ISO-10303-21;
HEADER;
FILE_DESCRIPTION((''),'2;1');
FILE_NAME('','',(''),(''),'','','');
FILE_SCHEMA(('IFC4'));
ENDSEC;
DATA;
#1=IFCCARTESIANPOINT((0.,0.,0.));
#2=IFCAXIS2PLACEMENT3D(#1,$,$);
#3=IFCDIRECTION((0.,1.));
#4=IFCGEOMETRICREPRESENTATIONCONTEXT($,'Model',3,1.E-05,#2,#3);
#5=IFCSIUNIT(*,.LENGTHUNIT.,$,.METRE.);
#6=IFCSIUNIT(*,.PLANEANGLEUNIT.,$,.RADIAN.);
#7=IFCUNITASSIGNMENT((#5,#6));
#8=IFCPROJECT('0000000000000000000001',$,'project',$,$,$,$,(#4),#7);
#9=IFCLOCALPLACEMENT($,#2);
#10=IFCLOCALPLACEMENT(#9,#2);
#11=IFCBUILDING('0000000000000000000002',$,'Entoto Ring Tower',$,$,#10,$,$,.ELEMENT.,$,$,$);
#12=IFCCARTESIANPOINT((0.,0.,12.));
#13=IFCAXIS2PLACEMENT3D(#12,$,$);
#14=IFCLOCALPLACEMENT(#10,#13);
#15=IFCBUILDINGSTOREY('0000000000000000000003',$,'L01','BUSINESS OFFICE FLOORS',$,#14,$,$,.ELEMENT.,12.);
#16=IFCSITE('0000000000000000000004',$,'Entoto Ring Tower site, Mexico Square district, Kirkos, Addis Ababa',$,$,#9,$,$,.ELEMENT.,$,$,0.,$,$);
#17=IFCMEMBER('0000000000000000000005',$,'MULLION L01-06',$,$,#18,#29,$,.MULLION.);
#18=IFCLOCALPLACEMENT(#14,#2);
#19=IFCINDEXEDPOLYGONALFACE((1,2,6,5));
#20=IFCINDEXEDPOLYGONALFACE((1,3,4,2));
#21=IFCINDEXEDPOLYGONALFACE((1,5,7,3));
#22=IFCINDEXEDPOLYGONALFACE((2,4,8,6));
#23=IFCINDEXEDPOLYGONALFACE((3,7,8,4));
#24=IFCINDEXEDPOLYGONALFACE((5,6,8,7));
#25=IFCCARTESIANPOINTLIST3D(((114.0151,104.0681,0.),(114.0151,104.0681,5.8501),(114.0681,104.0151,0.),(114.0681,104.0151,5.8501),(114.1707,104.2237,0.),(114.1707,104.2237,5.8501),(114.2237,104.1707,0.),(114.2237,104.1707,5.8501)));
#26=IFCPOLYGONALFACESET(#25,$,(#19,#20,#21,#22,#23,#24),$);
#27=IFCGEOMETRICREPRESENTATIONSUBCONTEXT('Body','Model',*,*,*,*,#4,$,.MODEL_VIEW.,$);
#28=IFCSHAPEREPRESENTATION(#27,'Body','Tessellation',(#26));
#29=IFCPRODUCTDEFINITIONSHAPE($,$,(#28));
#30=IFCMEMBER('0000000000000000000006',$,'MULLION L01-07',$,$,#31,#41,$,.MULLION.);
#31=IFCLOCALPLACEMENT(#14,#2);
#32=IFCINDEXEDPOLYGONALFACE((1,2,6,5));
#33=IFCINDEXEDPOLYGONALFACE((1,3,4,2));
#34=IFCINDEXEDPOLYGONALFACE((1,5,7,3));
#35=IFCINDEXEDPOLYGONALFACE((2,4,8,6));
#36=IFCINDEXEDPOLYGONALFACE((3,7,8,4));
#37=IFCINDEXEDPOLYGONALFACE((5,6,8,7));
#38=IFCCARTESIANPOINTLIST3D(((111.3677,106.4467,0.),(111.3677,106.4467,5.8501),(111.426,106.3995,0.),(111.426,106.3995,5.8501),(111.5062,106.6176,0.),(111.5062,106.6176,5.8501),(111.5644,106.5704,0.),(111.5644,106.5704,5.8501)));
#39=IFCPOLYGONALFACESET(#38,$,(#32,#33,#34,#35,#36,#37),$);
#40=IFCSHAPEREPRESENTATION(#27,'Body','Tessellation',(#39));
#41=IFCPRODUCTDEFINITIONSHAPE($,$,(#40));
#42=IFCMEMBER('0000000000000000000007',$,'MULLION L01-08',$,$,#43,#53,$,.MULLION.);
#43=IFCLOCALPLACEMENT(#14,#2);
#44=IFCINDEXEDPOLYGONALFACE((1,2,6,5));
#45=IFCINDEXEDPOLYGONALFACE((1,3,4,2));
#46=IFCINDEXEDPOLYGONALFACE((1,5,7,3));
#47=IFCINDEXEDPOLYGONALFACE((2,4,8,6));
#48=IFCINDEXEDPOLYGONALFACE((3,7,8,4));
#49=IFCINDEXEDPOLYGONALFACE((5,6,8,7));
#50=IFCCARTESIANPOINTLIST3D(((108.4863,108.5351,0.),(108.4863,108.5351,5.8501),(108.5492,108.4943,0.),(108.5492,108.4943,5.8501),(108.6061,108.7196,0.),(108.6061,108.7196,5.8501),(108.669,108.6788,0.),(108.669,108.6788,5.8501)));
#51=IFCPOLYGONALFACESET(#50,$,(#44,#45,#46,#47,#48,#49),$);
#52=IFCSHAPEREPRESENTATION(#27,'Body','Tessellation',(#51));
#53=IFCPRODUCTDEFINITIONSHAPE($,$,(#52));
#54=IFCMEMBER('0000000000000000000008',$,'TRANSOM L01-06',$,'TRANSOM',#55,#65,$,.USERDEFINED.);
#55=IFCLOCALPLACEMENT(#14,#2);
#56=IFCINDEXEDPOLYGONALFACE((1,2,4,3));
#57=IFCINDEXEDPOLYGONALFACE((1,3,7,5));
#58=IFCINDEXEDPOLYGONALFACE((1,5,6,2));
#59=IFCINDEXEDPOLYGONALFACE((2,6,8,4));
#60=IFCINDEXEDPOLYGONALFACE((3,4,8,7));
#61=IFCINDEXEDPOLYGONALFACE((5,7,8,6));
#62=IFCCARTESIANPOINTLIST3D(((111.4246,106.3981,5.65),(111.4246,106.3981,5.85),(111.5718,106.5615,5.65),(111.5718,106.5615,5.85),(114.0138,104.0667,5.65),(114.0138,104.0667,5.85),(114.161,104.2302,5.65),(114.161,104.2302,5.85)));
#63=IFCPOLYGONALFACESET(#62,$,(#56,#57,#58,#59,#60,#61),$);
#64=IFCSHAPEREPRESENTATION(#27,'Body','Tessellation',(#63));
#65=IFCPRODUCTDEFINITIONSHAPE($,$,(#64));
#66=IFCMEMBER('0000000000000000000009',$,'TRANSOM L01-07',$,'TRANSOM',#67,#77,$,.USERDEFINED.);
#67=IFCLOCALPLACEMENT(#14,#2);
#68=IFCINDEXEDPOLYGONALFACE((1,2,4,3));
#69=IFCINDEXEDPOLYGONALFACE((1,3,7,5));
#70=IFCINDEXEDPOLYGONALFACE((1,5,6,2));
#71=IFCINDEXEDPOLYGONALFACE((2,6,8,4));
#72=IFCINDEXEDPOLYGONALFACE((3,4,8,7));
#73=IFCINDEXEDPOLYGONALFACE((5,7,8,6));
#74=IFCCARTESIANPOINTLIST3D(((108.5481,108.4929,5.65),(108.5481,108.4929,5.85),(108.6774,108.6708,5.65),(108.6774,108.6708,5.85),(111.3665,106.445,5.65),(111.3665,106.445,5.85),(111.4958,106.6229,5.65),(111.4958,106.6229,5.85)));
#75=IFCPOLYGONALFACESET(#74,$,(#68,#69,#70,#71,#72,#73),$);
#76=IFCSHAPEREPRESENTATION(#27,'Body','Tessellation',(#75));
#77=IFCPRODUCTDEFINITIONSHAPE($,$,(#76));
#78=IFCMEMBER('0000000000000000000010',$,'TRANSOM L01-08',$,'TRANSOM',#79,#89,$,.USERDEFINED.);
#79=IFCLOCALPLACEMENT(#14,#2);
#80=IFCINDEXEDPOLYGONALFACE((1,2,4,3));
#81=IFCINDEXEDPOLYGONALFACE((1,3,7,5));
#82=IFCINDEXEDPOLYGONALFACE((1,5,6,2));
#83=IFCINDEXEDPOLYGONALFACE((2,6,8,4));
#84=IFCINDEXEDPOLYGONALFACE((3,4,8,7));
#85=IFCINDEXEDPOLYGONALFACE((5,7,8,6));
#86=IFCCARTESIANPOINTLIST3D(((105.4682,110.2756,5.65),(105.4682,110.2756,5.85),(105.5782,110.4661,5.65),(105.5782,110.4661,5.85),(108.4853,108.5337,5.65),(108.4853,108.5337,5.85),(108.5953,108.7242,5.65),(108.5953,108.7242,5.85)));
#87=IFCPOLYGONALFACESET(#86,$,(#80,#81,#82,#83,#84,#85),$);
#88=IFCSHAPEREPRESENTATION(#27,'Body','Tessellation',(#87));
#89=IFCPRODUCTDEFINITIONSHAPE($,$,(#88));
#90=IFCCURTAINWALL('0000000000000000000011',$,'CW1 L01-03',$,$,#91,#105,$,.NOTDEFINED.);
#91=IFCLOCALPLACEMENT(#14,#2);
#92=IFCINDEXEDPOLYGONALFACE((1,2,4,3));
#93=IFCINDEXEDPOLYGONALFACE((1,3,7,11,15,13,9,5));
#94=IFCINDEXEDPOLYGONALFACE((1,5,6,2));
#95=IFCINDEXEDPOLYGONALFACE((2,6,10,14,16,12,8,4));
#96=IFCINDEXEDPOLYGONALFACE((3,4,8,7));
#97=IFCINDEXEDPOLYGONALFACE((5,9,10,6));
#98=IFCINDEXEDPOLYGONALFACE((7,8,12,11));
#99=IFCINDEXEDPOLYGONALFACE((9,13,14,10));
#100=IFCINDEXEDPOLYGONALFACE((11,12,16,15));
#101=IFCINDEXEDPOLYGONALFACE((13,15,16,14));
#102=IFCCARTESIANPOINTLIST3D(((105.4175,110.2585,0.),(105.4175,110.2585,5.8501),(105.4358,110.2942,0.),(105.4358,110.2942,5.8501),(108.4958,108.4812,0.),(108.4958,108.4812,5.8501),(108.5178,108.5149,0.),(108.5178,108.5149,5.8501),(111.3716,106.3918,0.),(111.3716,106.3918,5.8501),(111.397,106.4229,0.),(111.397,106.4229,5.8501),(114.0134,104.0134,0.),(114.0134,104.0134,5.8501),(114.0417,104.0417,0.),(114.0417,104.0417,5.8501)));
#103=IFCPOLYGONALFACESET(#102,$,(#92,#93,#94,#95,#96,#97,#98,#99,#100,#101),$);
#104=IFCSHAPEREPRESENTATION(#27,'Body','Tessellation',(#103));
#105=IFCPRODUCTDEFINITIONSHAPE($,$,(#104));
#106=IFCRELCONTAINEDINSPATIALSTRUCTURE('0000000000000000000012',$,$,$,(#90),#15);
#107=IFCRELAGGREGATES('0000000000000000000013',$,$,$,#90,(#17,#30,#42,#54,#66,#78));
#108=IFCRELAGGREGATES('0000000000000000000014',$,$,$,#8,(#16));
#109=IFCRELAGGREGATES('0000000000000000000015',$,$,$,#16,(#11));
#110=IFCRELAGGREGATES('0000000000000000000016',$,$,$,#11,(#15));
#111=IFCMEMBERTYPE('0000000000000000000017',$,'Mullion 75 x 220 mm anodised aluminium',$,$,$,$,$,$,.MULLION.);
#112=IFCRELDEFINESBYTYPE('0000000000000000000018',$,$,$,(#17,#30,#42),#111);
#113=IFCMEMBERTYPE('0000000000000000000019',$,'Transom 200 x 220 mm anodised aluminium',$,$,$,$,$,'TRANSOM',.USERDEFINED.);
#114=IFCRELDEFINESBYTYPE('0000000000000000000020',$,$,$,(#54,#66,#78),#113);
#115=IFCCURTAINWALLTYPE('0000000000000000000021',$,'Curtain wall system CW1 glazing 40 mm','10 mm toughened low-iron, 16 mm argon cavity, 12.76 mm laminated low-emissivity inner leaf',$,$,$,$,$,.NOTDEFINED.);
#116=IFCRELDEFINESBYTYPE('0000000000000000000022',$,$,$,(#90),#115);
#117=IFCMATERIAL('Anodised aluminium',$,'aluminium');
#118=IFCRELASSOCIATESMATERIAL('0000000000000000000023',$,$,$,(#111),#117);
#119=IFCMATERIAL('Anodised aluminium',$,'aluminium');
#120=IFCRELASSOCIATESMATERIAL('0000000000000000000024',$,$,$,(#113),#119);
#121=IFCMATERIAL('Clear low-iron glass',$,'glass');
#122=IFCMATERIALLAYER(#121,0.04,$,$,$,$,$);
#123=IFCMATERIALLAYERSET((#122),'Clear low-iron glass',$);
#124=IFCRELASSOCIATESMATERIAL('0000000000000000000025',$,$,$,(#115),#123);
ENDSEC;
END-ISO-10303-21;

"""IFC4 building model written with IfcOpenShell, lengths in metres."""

from ifc_helpers import new_model, si_unit, direction, frame, origin, origin_2d, place, context, subcontext, project, spatial, polyline, rectangle, outline, extrude, material, layer, layer_set, material_profile, profile_set, type_object, element, aggregate, save


model = new_model("IFC4")

# Units and contexts
model_context = context("Model", 3, precision=1e-05, world=origin(), true_north=direction((0.0, 1.0)))
body_context = subcontext(model_context, "Body", "Model", "MODEL_VIEW")
ifc_project = project(units=[si_unit("LENGTHUNIT", "METRE"), si_unit("PLANEANGLEUNIT", "RADIAN")], contexts=[model_context])

# Members
ifc_material_1 = material(Name="Anodised aluminium", Category="aluminium")
ifc_material_profile_1 = material_profile(ifc_material_1, rectangle(XDim=0.075, YDim=0.22, at=origin_2d()), Name="Mullion 75 x 220 mm anodised aluminium")
ifc_profile_set_1 = profile_set([ifc_material_profile_1], Name="Anodised aluminium")
member_type_1 = type_object("IfcMemberType", Name="Mullion 75 x 220 mm anodised aluminium", PredefinedType="MULLION", material=ifc_profile_set_1)
site_placement = place(None, origin())
building_placement = place(site_placement, origin())
storey_placement = place(building_placement, frame((0.0, 0.0, 12.0)))
member_1_placement = place(storey_placement, frame((114.1194, 104.1194, 0.0), z_axis=(0.0, 0.0, 1.0), x_axis=(-0.707107, 0.707107, 0.0)))
member_1 = element("IfcMember", 1, at=member_1_placement, type_object=member_type_1, Name="MULLION L01-06", PredefinedType="MULLION", context=body_context, shape_type="SweptSolid", body=[
    extrude(rectangle(XDim=0.075, YDim=0.22, at=origin_2d()), origin(), (0.0, 0.0, 1.0), 5.8501),
])
member_2_placement = place(storey_placement, frame((111.4661, 106.5085, 0.0), z_axis=(0.0, 0.0, 1.0), x_axis=(-0.777146, 0.62932, 0.0)))
member_2 = element("IfcMember", 2, at=member_2_placement, type_object=member_type_1, Name="MULLION L01-07", PredefinedType="MULLION", context=body_context, shape_type="SweptSolid", body=[
    extrude(rectangle(XDim=0.075, YDim=0.22, at=origin_2d()), origin(), (0.0, 0.0, 1.0), 5.8501),
])
member_3_placement = place(storey_placement, frame((108.5776, 108.6069, 0.0), z_axis=(0.0, 0.0, 1.0), x_axis=(-0.838671, 0.544639, 0.0)))
member_3 = element("IfcMember", 3, at=member_3_placement, type_object=member_type_1, Name="MULLION L01-08", PredefinedType="MULLION", context=body_context, shape_type="SweptSolid", body=[
    extrude(rectangle(XDim=0.075, YDim=0.22, at=origin_2d()), origin(), (0.0, 0.0, 1.0), 5.8501),
])
ifc_material_2 = material(Name="Anodised aluminium", Category="aluminium")
ifc_material_profile_2 = material_profile(ifc_material_2, rectangle(XDim=0.22, YDim=0.2, at=origin_2d()), Name="Transom 200 x 220 mm anodised aluminium")
ifc_profile_set_2 = profile_set([ifc_material_profile_2], Name="Anodised aluminium")
member_type_2 = type_object("IfcMemberType", Name="Transom 200 x 220 mm anodised aluminium", ElementType="TRANSOM", PredefinedType="USERDEFINED", material=ifc_profile_set_2)
member_4_placement = place(storey_placement, frame((114.0874, 104.1484, 5.75), z_axis=(-0.743137, 0.669139, 0.0), x_axis=(-0.669139, -0.743137, 0.0)))
member_4 = element("IfcMember", 4, at=member_4_placement, type_object=member_type_2, Name="TRANSOM L01-06", ObjectType="TRANSOM", PredefinedType="USERDEFINED", context=body_context, shape_type="SweptSolid", body=[
    extrude(rectangle(XDim=0.22, YDim=0.2, at=origin_2d()), origin(), (0.0, 0.0, 1.0), 3.4841),
])
member_5_placement = place(storey_placement, frame((111.4312, 106.5339, 5.75), z_axis=(-0.808991, 0.587822, 0.0), x_axis=(-0.587822, -0.808991, 0.0)))
member_5 = element("IfcMember", 5, at=member_5_placement, type_object=member_type_2, Name="TRANSOM L01-07", ObjectType="TRANSOM", PredefinedType="USERDEFINED", context=body_context, shape_type="SweptSolid", body=[
    extrude(rectangle(XDim=0.22, YDim=0.2, at=origin_2d()), origin(), (0.0, 0.0, 1.0), 3.4839),
])
member_6_placement = place(storey_placement, frame((108.5403, 108.6289, 5.75), z_axis=(-0.866022, 0.500006, 0.0), x_axis=(-0.500006, -0.866022, 0.0)))
member_6 = element("IfcMember", 6, at=member_6_placement, type_object=member_type_2, Name="TRANSOM L01-08", ObjectType="TRANSOM", PredefinedType="USERDEFINED", context=body_context, shape_type="SweptSolid", body=[
    extrude(rectangle(XDim=0.22, YDim=0.2, at=origin_2d()), origin(), (0.0, 0.0, 1.0), 3.4839),
])

# Site, building, storey
site = spatial("IfcSite", under=ifc_project, at=site_placement, Name="Entoto Ring Tower site, Mexico Square district, Kirkos, Addis Ababa", CompositionType="ELEMENT", RefElevation=0.0)
building = spatial("IfcBuilding", under=site, at=building_placement, Name="Entoto Ring Tower", CompositionType="ELEMENT")
storey = spatial("IfcBuildingStorey", under=building, at=storey_placement, Name="L01", Description="BUSINESS OFFICE FLOORS", CompositionType="ELEMENT", Elevation=12.0)

# Curtain wall
ifc_material_3 = material(Name="Clear low-iron glass", Category="glass")
ifc_layer_1 = layer(ifc_material_3, 0.04)
ifc_layer_set_1 = layer_set([ifc_layer_1], Name="Clear low-iron glass")
curtain_wall_type = type_object("IfcCurtainWallType", Name="Curtain wall system CW1 glazing 40 mm", Description="10 mm toughened low-iron, 16 mm argon cavity, 12.76 mm laminated low-emissivity inner leaf", PredefinedType="NOTDEFINED", material=ifc_layer_set_1)
curtain_wall_1_placement = place(storey_placement, origin())
curtain_wall_1 = element("IfcCurtainWall", 7, at=curtain_wall_1_placement, inside=storey, type_object=curtain_wall_type, Name="CW1 L01-03", PredefinedType="NOTDEFINED", context=body_context, shape_type="SweptSolid", body=[
    extrude(outline(polyline([(114.0417, 104.0417), (111.397, 106.4229), (108.5178, 108.5149), (105.4358, 110.2942), (105.4175, 110.2585), (108.4958, 108.4812), (111.3716, 106.3918), (114.0134, 104.0134), (114.0417, 104.0417)])), origin(), (0.0, 0.0, 1.0), 5.8501),
])
aggregate(curtain_wall_1, [member_1, member_2, member_3, member_4, member_5, member_6])

save(model, "model.ifc")
